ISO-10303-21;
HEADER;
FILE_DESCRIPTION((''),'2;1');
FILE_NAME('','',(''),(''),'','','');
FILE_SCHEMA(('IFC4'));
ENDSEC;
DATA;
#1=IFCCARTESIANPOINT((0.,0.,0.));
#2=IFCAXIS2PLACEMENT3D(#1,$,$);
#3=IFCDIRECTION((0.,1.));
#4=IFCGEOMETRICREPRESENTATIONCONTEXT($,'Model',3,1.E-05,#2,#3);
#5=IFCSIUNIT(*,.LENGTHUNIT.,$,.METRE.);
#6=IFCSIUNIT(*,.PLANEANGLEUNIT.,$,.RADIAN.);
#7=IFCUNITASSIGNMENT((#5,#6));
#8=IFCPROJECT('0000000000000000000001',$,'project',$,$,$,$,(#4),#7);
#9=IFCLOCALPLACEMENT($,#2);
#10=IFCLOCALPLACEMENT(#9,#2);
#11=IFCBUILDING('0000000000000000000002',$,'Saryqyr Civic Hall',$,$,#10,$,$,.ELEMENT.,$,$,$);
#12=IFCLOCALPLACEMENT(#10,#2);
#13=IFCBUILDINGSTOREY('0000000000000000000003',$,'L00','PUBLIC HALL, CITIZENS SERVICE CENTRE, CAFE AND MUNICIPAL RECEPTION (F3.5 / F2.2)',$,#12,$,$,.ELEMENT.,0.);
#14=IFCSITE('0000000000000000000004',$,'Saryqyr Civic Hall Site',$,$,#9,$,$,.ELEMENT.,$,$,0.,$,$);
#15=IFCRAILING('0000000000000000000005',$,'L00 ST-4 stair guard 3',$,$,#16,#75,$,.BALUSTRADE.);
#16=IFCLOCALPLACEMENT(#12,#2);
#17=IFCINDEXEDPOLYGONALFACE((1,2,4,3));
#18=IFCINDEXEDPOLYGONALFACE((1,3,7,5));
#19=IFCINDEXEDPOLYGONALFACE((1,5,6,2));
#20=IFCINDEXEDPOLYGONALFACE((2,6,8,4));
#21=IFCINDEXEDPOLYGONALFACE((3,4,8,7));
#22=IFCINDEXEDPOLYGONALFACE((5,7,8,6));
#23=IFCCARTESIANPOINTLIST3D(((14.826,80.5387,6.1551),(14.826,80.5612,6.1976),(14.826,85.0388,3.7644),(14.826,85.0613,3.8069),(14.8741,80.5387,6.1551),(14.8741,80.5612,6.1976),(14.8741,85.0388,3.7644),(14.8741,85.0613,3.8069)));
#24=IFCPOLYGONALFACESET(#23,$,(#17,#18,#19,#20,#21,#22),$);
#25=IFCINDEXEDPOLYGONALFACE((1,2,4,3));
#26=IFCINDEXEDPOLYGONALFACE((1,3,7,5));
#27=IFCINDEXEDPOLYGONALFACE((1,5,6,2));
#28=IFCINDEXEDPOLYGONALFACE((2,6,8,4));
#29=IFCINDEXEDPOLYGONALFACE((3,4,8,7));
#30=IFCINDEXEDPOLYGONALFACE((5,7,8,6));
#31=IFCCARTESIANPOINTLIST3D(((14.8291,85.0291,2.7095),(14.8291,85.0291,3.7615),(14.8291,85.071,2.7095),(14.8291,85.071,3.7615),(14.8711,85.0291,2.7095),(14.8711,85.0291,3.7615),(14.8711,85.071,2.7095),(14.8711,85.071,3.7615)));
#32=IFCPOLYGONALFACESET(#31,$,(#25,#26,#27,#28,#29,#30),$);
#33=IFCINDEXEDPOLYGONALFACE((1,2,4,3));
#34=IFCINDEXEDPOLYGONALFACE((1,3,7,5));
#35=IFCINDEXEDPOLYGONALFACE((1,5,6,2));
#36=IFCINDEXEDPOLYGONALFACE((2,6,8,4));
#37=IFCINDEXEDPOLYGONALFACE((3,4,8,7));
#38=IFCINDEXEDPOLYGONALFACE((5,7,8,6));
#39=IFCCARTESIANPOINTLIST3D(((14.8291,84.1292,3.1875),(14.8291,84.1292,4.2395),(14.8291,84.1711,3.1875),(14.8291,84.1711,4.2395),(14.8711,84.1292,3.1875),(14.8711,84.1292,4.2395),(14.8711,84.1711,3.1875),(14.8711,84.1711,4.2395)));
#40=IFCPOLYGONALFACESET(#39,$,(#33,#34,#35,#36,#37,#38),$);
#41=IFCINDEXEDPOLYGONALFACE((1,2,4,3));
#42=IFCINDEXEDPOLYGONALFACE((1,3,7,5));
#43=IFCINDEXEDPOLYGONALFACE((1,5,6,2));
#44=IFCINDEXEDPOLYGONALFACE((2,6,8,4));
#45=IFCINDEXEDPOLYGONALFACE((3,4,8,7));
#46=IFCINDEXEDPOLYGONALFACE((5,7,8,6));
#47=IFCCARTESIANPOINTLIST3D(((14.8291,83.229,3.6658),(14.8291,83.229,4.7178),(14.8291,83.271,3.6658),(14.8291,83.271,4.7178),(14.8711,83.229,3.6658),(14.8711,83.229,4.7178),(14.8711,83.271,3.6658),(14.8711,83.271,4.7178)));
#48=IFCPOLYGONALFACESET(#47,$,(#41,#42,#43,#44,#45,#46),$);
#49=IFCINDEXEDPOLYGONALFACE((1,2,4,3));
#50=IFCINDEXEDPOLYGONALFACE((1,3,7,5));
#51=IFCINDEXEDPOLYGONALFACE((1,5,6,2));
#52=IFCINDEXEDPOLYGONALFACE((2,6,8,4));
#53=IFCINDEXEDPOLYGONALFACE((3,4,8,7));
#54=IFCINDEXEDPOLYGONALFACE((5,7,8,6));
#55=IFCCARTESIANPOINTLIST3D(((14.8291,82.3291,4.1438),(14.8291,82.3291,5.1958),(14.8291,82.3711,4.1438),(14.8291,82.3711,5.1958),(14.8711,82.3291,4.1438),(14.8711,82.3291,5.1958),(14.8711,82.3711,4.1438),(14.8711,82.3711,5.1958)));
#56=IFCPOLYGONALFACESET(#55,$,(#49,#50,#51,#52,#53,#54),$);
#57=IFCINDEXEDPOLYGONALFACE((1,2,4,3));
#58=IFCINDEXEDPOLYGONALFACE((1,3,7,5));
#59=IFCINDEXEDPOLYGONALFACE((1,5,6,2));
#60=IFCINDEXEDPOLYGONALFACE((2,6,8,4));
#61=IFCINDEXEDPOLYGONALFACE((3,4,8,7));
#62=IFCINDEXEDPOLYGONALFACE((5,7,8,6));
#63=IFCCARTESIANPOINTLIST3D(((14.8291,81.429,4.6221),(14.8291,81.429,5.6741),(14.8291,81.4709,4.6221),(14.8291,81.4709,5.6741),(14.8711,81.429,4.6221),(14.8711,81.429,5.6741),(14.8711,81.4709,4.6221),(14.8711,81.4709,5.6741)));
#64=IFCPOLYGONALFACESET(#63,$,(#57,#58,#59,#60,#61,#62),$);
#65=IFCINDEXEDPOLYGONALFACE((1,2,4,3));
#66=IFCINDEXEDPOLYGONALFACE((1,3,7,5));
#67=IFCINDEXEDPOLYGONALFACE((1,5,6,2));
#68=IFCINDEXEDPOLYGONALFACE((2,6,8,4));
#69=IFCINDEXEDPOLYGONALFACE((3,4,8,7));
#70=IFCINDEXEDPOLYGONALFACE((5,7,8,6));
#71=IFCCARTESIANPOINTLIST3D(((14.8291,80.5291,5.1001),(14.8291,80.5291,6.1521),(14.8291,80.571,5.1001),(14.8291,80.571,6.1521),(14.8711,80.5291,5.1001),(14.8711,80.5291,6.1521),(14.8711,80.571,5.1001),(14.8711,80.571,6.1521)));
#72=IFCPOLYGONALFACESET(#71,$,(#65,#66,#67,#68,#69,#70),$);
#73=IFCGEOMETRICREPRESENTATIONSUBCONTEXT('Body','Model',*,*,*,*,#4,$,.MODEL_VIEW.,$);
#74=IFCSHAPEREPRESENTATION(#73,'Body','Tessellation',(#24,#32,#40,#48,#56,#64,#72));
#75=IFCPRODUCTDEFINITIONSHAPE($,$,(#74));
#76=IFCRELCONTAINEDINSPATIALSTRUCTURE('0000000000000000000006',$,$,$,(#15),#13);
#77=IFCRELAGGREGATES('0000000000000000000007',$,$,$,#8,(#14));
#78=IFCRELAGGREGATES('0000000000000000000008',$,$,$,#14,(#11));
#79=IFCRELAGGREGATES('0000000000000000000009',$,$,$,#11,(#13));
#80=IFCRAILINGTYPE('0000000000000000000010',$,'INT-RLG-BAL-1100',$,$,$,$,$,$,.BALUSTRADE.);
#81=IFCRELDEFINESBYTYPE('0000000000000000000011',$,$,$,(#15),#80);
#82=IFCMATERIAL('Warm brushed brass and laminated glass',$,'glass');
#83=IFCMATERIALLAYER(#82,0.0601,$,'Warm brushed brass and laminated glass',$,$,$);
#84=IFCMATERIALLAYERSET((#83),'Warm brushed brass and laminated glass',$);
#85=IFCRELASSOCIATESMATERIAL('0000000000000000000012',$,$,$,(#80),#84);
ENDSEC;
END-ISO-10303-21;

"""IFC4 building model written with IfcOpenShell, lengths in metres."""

from ifc_helpers import new_model, si_unit, direction, frame, origin, origin_2d, place, context, subcontext, project, spatial, rectangle, extrude, material, layer, layer_set, type_object, element, save


model = new_model("IFC4")

# Units and contexts
model_context = context("Model", 3, precision=1e-05, world=origin(), true_north=direction((0.0, 1.0)))
body_context = subcontext(model_context, "Body", "Model", "MODEL_VIEW")
ifc_project = project(units=[si_unit("LENGTHUNIT", "METRE"), si_unit("PLANEANGLEUNIT", "RADIAN")], contexts=[model_context])

# Site, building, storey
site_placement = place(None, origin())
site = spatial("IfcSite", under=ifc_project, at=site_placement, Name="Saryqyr Civic Hall Site", CompositionType="ELEMENT", RefElevation=0.0)
building_placement = place(site_placement, origin())
building = spatial("IfcBuilding", under=site, at=building_placement, Name="Saryqyr Civic Hall", CompositionType="ELEMENT")
storey_placement = place(building_placement, origin())
storey = spatial("IfcBuildingStorey", under=building, at=storey_placement, Name="L00", Description="PUBLIC HALL, CITIZENS SERVICE CENTRE, CAFE AND MUNICIPAL RECEPTION (F3.5 / F2.2)", CompositionType="ELEMENT", Elevation=0.0)

# Railing
ifc_material_1 = material(Name="Warm brushed brass and laminated glass", Category="glass")
ifc_layer_1 = layer(ifc_material_1, 0.0601, Name="Warm brushed brass and laminated glass")
ifc_layer_set_1 = layer_set([ifc_layer_1], Name="Warm brushed brass and laminated glass")
railing_type = type_object("IfcRailingType", Name="INT-RLG-BAL-1100", PredefinedType="BALUSTRADE", material=ifc_layer_set_1)
railing_1_placement = place(storey_placement, frame((14.8501, 85.05, 2.7095)))
element("IfcRailing", 1, at=railing_1_placement, inside=storey, type_object=railing_type, Name="L00 ST-4 stair guard 3", PredefinedType="BALUSTRADE", context=body_context, shape_type="SweptSolid", body=[
    extrude(rectangle(XDim=0.0481, YDim=0.0481, at=origin_2d()), frame((0.0, 0.0, 1.0762), z_axis=(0.0, -0.883116, 0.469155), x_axis=(1.0, 0.0, 0.0)), (0.0, 0.0, 1.0), 5.0957),
    extrude(rectangle(XDim=0.042, YDim=0.042, at=origin_2d()), origin(), (0.0, 0.0, 1.0), 1.052),
    extrude(rectangle(XDim=0.042, YDim=0.042, at=origin_2d()), frame((0.0, -0.8999, 0.478)), (0.0, 0.0, 1.0), 1.052),
    extrude(rectangle(XDim=0.042, YDim=0.042, at=origin_2d()), frame((0.0, -1.8, 0.9563)), (0.0, 0.0, 1.0), 1.052),
    extrude(rectangle(XDim=0.042, YDim=0.042, at=origin_2d()), frame((0.0, -2.7, 1.4343)), (0.0, 0.0, 1.0), 1.052),
    extrude(rectangle(XDim=0.042, YDim=0.042, at=origin_2d()), frame((0.0, -3.6001, 1.9126)), (0.0, 0.0, 1.0), 1.052),
    extrude(rectangle(XDim=0.042, YDim=0.042, at=origin_2d()), frame((0.0, -4.5, 2.3906)), (0.0, 0.0, 1.0), 1.052),
])

save(model, "model.ifc")
